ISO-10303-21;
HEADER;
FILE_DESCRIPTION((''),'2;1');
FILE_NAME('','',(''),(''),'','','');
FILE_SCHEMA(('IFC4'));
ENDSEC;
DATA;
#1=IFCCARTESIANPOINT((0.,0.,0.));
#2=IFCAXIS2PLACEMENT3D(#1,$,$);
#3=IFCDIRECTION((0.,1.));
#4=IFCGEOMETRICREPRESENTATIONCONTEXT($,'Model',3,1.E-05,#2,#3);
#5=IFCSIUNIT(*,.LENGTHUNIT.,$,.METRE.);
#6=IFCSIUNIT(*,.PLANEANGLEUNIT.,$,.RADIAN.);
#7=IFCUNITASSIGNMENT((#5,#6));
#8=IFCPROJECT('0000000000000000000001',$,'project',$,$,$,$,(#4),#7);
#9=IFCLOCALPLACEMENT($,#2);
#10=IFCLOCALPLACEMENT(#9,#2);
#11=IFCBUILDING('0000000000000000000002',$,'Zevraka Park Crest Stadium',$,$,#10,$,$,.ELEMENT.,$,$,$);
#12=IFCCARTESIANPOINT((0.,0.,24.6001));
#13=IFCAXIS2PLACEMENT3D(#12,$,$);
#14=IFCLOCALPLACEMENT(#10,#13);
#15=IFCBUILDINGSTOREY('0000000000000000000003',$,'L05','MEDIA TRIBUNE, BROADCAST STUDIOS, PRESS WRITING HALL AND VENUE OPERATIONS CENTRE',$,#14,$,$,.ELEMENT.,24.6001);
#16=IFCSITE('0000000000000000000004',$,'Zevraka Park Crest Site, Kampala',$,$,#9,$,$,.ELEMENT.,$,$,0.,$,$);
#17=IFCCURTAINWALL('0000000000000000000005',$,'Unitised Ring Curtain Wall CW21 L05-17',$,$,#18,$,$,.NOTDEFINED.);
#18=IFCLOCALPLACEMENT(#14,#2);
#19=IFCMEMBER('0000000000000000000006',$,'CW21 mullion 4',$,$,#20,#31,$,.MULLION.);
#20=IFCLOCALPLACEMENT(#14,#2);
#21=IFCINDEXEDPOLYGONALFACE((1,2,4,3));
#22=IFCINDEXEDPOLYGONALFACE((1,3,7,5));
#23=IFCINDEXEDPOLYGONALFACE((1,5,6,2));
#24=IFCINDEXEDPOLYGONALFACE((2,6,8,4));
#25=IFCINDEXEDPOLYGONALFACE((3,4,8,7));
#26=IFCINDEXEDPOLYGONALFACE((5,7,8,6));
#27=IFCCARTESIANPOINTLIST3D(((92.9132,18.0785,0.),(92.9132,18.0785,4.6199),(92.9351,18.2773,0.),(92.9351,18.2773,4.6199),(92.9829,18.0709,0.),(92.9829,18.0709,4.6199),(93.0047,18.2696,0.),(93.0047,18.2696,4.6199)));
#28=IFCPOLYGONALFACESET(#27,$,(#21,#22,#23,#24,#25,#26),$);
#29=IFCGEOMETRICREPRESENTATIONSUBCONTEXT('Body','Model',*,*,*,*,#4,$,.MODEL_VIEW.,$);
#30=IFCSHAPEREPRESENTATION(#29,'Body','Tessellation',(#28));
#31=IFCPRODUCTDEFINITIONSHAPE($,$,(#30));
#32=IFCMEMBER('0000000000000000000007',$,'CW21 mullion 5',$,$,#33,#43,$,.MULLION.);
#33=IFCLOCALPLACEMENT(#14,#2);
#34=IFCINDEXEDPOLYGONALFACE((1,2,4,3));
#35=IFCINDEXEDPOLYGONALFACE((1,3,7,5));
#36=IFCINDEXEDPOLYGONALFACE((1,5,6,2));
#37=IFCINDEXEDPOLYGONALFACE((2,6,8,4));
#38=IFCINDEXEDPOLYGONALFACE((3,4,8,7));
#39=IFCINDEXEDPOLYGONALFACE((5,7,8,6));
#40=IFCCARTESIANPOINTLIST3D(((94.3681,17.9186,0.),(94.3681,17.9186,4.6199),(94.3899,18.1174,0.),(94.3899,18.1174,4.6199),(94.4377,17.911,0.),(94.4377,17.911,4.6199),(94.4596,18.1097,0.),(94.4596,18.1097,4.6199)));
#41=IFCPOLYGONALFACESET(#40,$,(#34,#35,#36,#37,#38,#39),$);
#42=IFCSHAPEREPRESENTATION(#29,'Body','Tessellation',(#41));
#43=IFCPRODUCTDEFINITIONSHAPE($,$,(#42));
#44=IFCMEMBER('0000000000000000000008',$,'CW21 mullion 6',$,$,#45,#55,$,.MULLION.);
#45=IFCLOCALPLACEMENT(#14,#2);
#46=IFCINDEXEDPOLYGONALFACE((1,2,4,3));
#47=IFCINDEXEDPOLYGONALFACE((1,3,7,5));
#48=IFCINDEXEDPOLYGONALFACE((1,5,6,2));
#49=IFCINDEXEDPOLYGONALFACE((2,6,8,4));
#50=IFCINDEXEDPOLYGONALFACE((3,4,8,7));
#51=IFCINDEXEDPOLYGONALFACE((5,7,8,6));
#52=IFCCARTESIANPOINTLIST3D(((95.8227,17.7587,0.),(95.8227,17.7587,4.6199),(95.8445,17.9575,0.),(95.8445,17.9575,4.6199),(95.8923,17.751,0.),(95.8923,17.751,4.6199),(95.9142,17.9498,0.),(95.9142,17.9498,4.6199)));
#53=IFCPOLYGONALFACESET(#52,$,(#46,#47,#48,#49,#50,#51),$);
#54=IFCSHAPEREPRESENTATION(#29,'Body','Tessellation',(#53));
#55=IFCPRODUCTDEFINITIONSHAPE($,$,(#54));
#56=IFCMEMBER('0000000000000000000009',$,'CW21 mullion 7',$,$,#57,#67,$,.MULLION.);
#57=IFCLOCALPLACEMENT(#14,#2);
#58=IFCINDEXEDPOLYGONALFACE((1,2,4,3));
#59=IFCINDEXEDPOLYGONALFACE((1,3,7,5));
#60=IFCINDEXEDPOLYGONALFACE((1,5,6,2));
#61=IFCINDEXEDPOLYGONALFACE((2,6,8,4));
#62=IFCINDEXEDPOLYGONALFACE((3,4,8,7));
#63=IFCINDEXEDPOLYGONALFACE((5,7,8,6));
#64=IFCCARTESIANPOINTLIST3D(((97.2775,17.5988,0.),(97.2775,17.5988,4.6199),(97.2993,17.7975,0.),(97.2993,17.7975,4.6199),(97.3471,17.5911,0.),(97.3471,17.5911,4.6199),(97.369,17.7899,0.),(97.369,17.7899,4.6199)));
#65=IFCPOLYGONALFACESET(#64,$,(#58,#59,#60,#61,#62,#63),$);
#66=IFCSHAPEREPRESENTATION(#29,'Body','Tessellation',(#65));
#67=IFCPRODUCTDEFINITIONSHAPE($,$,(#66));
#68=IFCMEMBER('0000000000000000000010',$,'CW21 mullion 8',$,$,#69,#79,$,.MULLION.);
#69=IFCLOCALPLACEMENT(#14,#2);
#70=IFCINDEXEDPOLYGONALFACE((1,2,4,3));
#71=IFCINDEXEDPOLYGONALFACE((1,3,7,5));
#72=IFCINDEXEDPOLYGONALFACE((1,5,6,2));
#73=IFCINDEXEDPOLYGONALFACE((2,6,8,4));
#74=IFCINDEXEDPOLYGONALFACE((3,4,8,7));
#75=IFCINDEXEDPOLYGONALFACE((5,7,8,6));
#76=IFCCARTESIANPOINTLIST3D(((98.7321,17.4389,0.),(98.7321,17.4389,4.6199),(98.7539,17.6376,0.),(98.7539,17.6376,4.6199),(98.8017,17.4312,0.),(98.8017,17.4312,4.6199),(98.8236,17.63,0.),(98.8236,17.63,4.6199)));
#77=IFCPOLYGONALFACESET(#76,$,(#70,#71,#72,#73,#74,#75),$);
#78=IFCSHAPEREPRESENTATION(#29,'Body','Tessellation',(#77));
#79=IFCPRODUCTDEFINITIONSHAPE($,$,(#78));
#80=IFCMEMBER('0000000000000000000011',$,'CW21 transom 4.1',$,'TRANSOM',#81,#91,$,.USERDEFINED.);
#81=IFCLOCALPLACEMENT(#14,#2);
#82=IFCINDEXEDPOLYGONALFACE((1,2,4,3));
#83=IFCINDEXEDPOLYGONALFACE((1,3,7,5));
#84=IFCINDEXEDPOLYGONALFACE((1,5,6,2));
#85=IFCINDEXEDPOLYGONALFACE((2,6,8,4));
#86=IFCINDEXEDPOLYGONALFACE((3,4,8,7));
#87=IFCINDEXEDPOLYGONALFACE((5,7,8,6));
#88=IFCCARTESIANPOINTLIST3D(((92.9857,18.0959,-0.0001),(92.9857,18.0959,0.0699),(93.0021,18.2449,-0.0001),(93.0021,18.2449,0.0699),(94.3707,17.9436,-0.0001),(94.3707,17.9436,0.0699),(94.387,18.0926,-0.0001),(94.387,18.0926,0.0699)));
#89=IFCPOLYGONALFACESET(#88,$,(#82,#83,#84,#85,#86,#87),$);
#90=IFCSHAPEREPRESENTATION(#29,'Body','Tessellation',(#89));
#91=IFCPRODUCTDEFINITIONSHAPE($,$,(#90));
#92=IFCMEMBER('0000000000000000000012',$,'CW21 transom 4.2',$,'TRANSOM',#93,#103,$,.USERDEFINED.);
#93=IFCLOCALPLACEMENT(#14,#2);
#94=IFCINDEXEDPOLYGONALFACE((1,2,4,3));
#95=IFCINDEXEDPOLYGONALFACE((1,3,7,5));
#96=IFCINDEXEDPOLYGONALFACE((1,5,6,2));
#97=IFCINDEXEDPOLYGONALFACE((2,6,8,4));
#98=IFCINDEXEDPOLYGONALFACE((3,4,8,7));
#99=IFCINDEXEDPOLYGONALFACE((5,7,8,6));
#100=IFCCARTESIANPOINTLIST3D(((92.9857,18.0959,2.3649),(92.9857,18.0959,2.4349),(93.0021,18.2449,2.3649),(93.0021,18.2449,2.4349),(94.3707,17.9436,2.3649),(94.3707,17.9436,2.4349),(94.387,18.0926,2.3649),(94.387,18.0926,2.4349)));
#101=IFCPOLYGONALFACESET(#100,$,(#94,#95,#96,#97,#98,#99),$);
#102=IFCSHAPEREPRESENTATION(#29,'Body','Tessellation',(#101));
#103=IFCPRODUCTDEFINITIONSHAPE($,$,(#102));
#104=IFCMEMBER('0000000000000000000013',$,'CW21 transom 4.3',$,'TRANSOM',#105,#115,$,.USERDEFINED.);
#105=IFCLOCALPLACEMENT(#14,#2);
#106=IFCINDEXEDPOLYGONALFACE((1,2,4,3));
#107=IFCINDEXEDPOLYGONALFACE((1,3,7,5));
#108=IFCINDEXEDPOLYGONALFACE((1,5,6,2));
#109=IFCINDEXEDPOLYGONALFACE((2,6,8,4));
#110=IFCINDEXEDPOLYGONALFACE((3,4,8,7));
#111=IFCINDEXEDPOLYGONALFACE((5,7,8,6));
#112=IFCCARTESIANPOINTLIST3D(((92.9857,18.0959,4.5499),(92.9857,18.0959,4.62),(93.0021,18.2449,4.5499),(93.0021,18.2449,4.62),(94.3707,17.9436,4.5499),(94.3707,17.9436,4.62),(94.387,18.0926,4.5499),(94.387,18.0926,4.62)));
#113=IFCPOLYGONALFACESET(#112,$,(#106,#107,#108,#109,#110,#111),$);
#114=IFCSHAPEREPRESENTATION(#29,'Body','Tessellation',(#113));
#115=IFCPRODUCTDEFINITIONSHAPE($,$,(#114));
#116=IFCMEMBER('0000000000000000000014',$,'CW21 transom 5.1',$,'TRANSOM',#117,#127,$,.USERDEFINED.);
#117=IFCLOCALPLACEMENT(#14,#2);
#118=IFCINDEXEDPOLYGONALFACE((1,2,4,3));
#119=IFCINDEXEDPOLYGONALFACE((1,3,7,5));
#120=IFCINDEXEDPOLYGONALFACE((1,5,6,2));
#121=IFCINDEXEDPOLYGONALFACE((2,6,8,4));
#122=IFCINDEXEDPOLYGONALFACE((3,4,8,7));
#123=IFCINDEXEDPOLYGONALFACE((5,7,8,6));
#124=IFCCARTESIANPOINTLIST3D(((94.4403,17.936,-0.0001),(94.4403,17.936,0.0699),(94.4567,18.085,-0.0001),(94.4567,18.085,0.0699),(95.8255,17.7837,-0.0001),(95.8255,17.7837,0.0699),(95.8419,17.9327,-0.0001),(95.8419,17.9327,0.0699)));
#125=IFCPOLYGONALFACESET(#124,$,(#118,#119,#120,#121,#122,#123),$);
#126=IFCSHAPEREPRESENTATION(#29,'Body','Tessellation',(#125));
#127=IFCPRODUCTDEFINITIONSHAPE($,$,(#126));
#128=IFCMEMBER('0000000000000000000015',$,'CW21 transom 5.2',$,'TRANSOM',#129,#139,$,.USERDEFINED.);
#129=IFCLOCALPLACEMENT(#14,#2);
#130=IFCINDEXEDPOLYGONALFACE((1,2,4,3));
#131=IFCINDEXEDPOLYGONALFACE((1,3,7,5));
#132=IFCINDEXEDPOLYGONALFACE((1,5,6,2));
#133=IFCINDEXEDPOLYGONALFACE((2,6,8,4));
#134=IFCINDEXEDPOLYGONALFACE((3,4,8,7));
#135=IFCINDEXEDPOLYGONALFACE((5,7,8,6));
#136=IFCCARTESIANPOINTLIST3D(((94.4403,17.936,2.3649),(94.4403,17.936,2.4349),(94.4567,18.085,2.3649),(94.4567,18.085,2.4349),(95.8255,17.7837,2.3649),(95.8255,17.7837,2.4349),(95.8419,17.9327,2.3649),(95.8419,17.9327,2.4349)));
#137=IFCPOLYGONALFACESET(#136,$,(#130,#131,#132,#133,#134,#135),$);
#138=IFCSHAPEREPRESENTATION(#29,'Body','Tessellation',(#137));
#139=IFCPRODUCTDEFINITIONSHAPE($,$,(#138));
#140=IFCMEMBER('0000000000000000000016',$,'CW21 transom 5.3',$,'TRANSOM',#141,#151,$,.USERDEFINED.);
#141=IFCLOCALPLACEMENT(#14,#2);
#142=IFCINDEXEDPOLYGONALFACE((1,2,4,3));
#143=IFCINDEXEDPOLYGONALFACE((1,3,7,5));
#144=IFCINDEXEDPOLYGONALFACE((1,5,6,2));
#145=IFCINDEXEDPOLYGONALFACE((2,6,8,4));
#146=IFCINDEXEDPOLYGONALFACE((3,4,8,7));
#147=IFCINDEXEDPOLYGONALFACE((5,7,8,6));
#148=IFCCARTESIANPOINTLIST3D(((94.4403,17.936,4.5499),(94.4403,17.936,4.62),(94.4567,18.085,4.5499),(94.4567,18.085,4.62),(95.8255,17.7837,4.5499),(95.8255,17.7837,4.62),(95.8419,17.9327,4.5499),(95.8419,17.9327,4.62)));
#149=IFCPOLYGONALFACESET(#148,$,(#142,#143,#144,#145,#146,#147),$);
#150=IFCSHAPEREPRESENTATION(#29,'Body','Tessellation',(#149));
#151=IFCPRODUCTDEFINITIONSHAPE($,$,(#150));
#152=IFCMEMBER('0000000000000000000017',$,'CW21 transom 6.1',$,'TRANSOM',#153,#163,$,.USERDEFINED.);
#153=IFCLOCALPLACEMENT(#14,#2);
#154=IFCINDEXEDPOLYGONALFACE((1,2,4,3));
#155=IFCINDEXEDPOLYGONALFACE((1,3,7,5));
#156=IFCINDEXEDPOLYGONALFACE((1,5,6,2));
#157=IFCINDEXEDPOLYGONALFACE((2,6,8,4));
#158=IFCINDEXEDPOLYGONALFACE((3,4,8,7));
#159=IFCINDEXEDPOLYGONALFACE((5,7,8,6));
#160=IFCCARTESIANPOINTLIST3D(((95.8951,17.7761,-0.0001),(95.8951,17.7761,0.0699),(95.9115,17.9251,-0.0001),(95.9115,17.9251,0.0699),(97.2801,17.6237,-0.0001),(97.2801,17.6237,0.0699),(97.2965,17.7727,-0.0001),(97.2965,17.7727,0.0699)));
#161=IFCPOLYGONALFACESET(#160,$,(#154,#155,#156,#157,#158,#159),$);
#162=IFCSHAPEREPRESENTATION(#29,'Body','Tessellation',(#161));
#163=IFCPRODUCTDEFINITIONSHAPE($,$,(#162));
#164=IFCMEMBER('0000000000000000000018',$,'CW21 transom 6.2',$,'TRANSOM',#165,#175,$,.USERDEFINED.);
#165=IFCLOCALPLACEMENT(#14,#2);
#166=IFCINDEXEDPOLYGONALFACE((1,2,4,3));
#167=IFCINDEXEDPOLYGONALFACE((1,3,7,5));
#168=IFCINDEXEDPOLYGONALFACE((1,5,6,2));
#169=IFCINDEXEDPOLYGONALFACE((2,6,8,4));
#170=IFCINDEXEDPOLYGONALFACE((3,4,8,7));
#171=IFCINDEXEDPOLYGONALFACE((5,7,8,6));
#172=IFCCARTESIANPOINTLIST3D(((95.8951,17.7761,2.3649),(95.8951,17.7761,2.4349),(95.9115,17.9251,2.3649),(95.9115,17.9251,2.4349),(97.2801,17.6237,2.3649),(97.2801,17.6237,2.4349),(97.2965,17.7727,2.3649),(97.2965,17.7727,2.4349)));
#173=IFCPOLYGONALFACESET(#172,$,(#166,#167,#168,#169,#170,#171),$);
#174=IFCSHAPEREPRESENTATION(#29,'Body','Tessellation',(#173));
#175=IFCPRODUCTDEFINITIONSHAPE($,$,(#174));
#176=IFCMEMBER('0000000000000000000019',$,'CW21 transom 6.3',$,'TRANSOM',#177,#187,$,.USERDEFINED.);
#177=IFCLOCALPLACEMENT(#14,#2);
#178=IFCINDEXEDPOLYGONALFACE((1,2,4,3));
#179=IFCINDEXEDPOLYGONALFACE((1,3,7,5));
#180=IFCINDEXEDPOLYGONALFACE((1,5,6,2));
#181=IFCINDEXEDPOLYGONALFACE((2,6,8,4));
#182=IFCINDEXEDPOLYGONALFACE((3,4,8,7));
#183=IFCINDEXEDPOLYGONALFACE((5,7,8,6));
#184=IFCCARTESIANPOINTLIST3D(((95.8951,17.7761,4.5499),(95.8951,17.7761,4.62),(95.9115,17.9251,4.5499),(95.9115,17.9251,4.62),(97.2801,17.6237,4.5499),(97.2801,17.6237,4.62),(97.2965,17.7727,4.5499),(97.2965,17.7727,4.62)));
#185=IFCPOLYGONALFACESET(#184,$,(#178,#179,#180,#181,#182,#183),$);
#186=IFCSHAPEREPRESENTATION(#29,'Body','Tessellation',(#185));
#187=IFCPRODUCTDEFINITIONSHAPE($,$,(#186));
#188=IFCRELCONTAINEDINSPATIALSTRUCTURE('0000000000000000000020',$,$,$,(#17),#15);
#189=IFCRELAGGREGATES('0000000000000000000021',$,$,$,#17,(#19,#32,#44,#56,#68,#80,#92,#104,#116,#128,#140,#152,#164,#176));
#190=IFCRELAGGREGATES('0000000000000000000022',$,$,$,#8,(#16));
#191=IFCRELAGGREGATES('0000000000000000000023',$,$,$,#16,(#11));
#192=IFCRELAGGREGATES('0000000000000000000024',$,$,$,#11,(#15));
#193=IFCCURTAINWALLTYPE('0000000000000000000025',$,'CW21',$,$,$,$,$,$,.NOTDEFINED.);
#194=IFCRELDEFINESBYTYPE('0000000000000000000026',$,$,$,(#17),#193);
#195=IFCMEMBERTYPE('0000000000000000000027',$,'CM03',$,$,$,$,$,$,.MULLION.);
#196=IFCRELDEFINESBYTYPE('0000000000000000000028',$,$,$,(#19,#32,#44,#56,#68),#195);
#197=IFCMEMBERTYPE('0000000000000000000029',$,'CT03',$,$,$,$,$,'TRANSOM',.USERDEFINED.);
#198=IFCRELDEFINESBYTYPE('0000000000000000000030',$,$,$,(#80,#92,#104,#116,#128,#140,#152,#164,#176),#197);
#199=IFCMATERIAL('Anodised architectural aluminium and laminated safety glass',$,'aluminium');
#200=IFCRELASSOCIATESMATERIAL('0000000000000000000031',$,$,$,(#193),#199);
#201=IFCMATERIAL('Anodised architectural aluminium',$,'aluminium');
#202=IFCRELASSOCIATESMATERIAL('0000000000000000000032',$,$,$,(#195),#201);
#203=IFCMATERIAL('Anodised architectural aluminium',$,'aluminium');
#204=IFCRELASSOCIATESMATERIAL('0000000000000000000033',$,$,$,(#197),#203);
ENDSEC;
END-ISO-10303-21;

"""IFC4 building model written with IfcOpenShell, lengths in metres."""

from ifc_helpers import new_model, si_unit, direction, frame, origin, origin_2d, place, context, subcontext, project, spatial, rectangle, extrude, material, material_profile, profile_set, type_object, element, aggregate, save


model = new_model("IFC4")

# Units and contexts
model_context = context("Model", 3, precision=1e-05, world=origin(), true_north=direction((0.0, 1.0)))
body_context = subcontext(model_context, "Body", "Model", "MODEL_VIEW")
ifc_project = project(units=[si_unit("LENGTHUNIT", "METRE"), si_unit("PLANEANGLEUNIT", "RADIAN")], contexts=[model_context])

# Site, building, storey
site_placement = place(None, origin())
site = spatial("IfcSite", under=ifc_project, at=site_placement, Name="Zevraka Park Crest Site, Kampala", CompositionType="ELEMENT", RefElevation=0.0)
building_placement = place(site_placement, origin())
building = spatial("IfcBuilding", under=site, at=building_placement, Name="Zevraka Park Crest Stadium", CompositionType="ELEMENT")
storey_placement = place(building_placement, frame((0.0, 0.0, 24.6001)))
storey = spatial("IfcBuildingStorey", under=building, at=storey_placement, Name="L05", Description="MEDIA TRIBUNE, BROADCAST STUDIOS, PRESS WRITING HALL AND VENUE OPERATIONS CENTRE", CompositionType="ELEMENT", Elevation=24.6001)

# Curtain wall, members
ifc_material_1 = material(Name="Anodised architectural aluminium and laminated safety glass", Category="aluminium")
curtain_wall_type = type_object("IfcCurtainWallType", Name="CW21", PredefinedType="NOTDEFINED", material=ifc_material_1)
curtain_wall_placement = place(storey_placement, origin())
curtain_wall = element("IfcCurtainWall", 1, at=curtain_wall_placement, inside=storey, type_object=curtain_wall_type, Name="Unitised Ring Curtain Wall CW21 L05-17", PredefinedType="NOTDEFINED")
ifc_material_2 = material(Name="Anodised architectural aluminium", Category="aluminium")
ifc_material_profile_1 = material_profile(ifc_material_2, rectangle(XDim=0.2, YDim=0.0701, at=origin_2d()), Name="ALU MULLION 200x70")
ifc_profile_set_1 = profile_set([ifc_material_profile_1], Name="Anodised architectural aluminium")
member_type_1 = type_object("IfcMemberType", Name="CM03", PredefinedType="MULLION", material=ifc_profile_set_1)
member_1_placement = place(storey_placement, frame((92.959, 18.1741, 0.0), z_axis=(0.0, 0.0, 1.0), x_axis=(0.109288, 0.99401, 0.0)))
member_1 = element("IfcMember", 2, at=member_1_placement, type_object=member_type_1, Name="CW21 mullion 4", PredefinedType="MULLION", context=body_context, shape_type="SweptSolid", body=[
    extrude(rectangle(XDim=0.2, YDim=0.0701, at=origin_2d()), origin(), (0.0, 0.0, 1.0), 4.6199),
])
member_2_placement = place(storey_placement, frame((94.4138, 18.0142, 0.0), z_axis=(0.0, 0.0, 1.0), x_axis=(0.109288, 0.99401, 0.0)))
member_2 = element("IfcMember", 3, at=member_2_placement, type_object=member_type_1, Name="CW21 mullion 5", PredefinedType="MULLION", context=body_context, shape_type="SweptSolid", body=[
    extrude(rectangle(XDim=0.2, YDim=0.0701, at=origin_2d()), origin(), (0.0, 0.0, 1.0), 4.6199),
])
member_3_placement = place(storey_placement, frame((95.8684, 17.8542, 0.0), z_axis=(0.0, 0.0, 1.0), x_axis=(0.109288, 0.99401, 0.0)))
member_3 = element("IfcMember", 4, at=member_3_placement, type_object=member_type_1, Name="CW21 mullion 6", PredefinedType="MULLION", context=body_context, shape_type="SweptSolid", body=[
    extrude(rectangle(XDim=0.2, YDim=0.0701, at=origin_2d()), origin(), (0.0, 0.0, 1.0), 4.6199),
])
member_4_placement = place(storey_placement, frame((97.3232, 17.6943, 0.0), z_axis=(0.0, 0.0, 1.0), x_axis=(0.109288, 0.99401, 0.0)))
member_4 = element("IfcMember", 5, at=member_4_placement, type_object=member_type_1, Name="CW21 mullion 7", PredefinedType="MULLION", context=body_context, shape_type="SweptSolid", body=[
    extrude(rectangle(XDim=0.2, YDim=0.0701, at=origin_2d()), origin(), (0.0, 0.0, 1.0), 4.6199),
])
member_5_placement = place(storey_placement, frame((98.7778, 17.5344, 0.0), z_axis=(0.0, 0.0, 1.0), x_axis=(0.109288, 0.99401, 0.0)))
member_5 = element("IfcMember", 6, at=member_5_placement, type_object=member_type_1, Name="CW21 mullion 8", PredefinedType="MULLION", context=body_context, shape_type="SweptSolid", body=[
    extrude(rectangle(XDim=0.2, YDim=0.0701, at=origin_2d()), origin(), (0.0, 0.0, 1.0), 4.6199),
])
ifc_material_3 = material(Name="Anodised architectural aluminium", Category="aluminium")
ifc_material_profile_2 = material_profile(ifc_material_3, rectangle(XDim=0.1499, YDim=0.0701, at=origin_2d()), Name="ALU TRANSOM 150x70")
ifc_profile_set_2 = profile_set([ifc_material_profile_2], Name="Anodised architectural aluminium")
member_type_2 = type_object("IfcMemberType", Name="CT03", ElementType="TRANSOM", PredefinedType="USERDEFINED", material=ifc_profile_set_2)
member_6_placement = place(storey_placement, frame((92.9939, 18.1704, 0.0349), z_axis=(0.994005, -0.109335, 0.0), x_axis=(0.109335, 0.994005, 0.0)))
member_6 = element("IfcMember", 7, at=member_6_placement, type_object=member_type_2, Name="CW21 transom 4.1", ObjectType="TRANSOM", PredefinedType="USERDEFINED", context=body_context, shape_type="SweptSolid", body=[
    extrude(rectangle(XDim=0.1499, YDim=0.0701, at=origin_2d()), origin(), (0.0, 0.0, 1.0), 1.3933),
])
member_7_placement = place(storey_placement, frame((92.9939, 18.1704, 2.3999), z_axis=(0.994005, -0.109335, 0.0), x_axis=(0.109335, 0.994005, 0.0)))
member_7 = element("IfcMember", 8, at=member_7_placement, type_object=member_type_2, Name="CW21 transom 4.2", ObjectType="TRANSOM", PredefinedType="USERDEFINED", context=body_context, shape_type="SweptSolid", body=[
    extrude(rectangle(XDim=0.1499, YDim=0.0701, at=origin_2d()), origin(), (0.0, 0.0, 1.0), 1.3933),
])
member_8_placement = place(storey_placement, frame((92.9939, 18.1704, 4.585), z_axis=(0.994005, -0.109335, 0.0), x_axis=(0.109335, 0.994005, 0.0)))
member_8 = element("IfcMember", 9, at=member_8_placement, type_object=member_type_2, Name="CW21 transom 4.3", ObjectType="TRANSOM", PredefinedType="USERDEFINED", context=body_context, shape_type="SweptSolid", body=[
    extrude(rectangle(XDim=0.1499, YDim=0.0701, at=origin_2d()), origin(), (0.0, 0.0, 1.0), 1.3933),
])
member_9_placement = place(storey_placement, frame((94.4485, 18.0105, 0.0349), z_axis=(0.994007, -0.109316, 0.0), x_axis=(0.109316, 0.994007, 0.0)))
member_9 = element("IfcMember", 10, at=member_9_placement, type_object=member_type_2, Name="CW21 transom 5.1", ObjectType="TRANSOM", PredefinedType="USERDEFINED", context=body_context, shape_type="SweptSolid", body=[
    extrude(rectangle(XDim=0.1499, YDim=0.0701, at=origin_2d()), origin(), (0.0, 0.0, 1.0), 1.3936),
])
member_10_placement = place(storey_placement, frame((94.4485, 18.0105, 2.3999), z_axis=(0.994007, -0.109316, 0.0), x_axis=(0.109316, 0.994007, 0.0)))
member_10 = element("IfcMember", 11, at=member_10_placement, type_object=member_type_2, Name="CW21 transom 5.2", ObjectType="TRANSOM", PredefinedType="USERDEFINED", context=body_context, shape_type="SweptSolid", body=[
    extrude(rectangle(XDim=0.1499, YDim=0.0701, at=origin_2d()), origin(), (0.0, 0.0, 1.0), 1.3936),
])
member_11_placement = place(storey_placement, frame((94.4485, 18.0105, 4.585), z_axis=(0.994007, -0.109316, 0.0), x_axis=(0.109316, 0.994007, 0.0)))
member_11 = element("IfcMember", 12, at=member_11_placement, type_object=member_type_2, Name="CW21 transom 5.3", ObjectType="TRANSOM", PredefinedType="USERDEFINED", context=body_context, shape_type="SweptSolid", body=[
    extrude(rectangle(XDim=0.1499, YDim=0.0701, at=origin_2d()), origin(), (0.0, 0.0, 1.0), 1.3936),
])
member_12_placement = place(storey_placement, frame((95.9033, 17.8506, 0.0349), z_axis=(0.994005, -0.109335, 0.0), x_axis=(0.109335, 0.994005, 0.0)))
member_12 = element("IfcMember", 13, at=member_12_placement, type_object=member_type_2, Name="CW21 transom 6.1", ObjectType="TRANSOM", PredefinedType="USERDEFINED", context=body_context, shape_type="SweptSolid", body=[
    extrude(rectangle(XDim=0.1499, YDim=0.0701, at=origin_2d()), origin(), (0.0, 0.0, 1.0), 1.3933),
])
member_13_placement = place(storey_placement, frame((95.9033, 17.8506, 2.3999), z_axis=(0.994005, -0.109335, 0.0), x_axis=(0.109335, 0.994005, 0.0)))
member_13 = element("IfcMember", 14, at=member_13_placement, type_object=member_type_2, Name="CW21 transom 6.2", ObjectType="TRANSOM", PredefinedType="USERDEFINED", context=body_context, shape_type="SweptSolid", body=[
    extrude(rectangle(XDim=0.1499, YDim=0.0701, at=origin_2d()), origin(), (0.0, 0.0, 1.0), 1.3933),
])
member_14_placement = place(storey_placement, frame((95.9033, 17.8506, 4.585), z_axis=(0.994005, -0.109335, 0.0), x_axis=(0.109335, 0.994005, 0.0)))
member_14 = element("IfcMember", 15, at=member_14_placement, type_object=member_type_2, Name="CW21 transom 6.3", ObjectType="TRANSOM", PredefinedType="USERDEFINED", context=body_context, shape_type="SweptSolid", body=[
    extrude(rectangle(XDim=0.1499, YDim=0.0701, at=origin_2d()), origin(), (0.0, 0.0, 1.0), 1.3933),
])
aggregate(curtain_wall, [member_1, member_2, member_3, member_4, member_5, member_6, member_7, member_8, member_9, member_10, member_11, member_12, member_13, member_14])

save(model, "model.ifc")
